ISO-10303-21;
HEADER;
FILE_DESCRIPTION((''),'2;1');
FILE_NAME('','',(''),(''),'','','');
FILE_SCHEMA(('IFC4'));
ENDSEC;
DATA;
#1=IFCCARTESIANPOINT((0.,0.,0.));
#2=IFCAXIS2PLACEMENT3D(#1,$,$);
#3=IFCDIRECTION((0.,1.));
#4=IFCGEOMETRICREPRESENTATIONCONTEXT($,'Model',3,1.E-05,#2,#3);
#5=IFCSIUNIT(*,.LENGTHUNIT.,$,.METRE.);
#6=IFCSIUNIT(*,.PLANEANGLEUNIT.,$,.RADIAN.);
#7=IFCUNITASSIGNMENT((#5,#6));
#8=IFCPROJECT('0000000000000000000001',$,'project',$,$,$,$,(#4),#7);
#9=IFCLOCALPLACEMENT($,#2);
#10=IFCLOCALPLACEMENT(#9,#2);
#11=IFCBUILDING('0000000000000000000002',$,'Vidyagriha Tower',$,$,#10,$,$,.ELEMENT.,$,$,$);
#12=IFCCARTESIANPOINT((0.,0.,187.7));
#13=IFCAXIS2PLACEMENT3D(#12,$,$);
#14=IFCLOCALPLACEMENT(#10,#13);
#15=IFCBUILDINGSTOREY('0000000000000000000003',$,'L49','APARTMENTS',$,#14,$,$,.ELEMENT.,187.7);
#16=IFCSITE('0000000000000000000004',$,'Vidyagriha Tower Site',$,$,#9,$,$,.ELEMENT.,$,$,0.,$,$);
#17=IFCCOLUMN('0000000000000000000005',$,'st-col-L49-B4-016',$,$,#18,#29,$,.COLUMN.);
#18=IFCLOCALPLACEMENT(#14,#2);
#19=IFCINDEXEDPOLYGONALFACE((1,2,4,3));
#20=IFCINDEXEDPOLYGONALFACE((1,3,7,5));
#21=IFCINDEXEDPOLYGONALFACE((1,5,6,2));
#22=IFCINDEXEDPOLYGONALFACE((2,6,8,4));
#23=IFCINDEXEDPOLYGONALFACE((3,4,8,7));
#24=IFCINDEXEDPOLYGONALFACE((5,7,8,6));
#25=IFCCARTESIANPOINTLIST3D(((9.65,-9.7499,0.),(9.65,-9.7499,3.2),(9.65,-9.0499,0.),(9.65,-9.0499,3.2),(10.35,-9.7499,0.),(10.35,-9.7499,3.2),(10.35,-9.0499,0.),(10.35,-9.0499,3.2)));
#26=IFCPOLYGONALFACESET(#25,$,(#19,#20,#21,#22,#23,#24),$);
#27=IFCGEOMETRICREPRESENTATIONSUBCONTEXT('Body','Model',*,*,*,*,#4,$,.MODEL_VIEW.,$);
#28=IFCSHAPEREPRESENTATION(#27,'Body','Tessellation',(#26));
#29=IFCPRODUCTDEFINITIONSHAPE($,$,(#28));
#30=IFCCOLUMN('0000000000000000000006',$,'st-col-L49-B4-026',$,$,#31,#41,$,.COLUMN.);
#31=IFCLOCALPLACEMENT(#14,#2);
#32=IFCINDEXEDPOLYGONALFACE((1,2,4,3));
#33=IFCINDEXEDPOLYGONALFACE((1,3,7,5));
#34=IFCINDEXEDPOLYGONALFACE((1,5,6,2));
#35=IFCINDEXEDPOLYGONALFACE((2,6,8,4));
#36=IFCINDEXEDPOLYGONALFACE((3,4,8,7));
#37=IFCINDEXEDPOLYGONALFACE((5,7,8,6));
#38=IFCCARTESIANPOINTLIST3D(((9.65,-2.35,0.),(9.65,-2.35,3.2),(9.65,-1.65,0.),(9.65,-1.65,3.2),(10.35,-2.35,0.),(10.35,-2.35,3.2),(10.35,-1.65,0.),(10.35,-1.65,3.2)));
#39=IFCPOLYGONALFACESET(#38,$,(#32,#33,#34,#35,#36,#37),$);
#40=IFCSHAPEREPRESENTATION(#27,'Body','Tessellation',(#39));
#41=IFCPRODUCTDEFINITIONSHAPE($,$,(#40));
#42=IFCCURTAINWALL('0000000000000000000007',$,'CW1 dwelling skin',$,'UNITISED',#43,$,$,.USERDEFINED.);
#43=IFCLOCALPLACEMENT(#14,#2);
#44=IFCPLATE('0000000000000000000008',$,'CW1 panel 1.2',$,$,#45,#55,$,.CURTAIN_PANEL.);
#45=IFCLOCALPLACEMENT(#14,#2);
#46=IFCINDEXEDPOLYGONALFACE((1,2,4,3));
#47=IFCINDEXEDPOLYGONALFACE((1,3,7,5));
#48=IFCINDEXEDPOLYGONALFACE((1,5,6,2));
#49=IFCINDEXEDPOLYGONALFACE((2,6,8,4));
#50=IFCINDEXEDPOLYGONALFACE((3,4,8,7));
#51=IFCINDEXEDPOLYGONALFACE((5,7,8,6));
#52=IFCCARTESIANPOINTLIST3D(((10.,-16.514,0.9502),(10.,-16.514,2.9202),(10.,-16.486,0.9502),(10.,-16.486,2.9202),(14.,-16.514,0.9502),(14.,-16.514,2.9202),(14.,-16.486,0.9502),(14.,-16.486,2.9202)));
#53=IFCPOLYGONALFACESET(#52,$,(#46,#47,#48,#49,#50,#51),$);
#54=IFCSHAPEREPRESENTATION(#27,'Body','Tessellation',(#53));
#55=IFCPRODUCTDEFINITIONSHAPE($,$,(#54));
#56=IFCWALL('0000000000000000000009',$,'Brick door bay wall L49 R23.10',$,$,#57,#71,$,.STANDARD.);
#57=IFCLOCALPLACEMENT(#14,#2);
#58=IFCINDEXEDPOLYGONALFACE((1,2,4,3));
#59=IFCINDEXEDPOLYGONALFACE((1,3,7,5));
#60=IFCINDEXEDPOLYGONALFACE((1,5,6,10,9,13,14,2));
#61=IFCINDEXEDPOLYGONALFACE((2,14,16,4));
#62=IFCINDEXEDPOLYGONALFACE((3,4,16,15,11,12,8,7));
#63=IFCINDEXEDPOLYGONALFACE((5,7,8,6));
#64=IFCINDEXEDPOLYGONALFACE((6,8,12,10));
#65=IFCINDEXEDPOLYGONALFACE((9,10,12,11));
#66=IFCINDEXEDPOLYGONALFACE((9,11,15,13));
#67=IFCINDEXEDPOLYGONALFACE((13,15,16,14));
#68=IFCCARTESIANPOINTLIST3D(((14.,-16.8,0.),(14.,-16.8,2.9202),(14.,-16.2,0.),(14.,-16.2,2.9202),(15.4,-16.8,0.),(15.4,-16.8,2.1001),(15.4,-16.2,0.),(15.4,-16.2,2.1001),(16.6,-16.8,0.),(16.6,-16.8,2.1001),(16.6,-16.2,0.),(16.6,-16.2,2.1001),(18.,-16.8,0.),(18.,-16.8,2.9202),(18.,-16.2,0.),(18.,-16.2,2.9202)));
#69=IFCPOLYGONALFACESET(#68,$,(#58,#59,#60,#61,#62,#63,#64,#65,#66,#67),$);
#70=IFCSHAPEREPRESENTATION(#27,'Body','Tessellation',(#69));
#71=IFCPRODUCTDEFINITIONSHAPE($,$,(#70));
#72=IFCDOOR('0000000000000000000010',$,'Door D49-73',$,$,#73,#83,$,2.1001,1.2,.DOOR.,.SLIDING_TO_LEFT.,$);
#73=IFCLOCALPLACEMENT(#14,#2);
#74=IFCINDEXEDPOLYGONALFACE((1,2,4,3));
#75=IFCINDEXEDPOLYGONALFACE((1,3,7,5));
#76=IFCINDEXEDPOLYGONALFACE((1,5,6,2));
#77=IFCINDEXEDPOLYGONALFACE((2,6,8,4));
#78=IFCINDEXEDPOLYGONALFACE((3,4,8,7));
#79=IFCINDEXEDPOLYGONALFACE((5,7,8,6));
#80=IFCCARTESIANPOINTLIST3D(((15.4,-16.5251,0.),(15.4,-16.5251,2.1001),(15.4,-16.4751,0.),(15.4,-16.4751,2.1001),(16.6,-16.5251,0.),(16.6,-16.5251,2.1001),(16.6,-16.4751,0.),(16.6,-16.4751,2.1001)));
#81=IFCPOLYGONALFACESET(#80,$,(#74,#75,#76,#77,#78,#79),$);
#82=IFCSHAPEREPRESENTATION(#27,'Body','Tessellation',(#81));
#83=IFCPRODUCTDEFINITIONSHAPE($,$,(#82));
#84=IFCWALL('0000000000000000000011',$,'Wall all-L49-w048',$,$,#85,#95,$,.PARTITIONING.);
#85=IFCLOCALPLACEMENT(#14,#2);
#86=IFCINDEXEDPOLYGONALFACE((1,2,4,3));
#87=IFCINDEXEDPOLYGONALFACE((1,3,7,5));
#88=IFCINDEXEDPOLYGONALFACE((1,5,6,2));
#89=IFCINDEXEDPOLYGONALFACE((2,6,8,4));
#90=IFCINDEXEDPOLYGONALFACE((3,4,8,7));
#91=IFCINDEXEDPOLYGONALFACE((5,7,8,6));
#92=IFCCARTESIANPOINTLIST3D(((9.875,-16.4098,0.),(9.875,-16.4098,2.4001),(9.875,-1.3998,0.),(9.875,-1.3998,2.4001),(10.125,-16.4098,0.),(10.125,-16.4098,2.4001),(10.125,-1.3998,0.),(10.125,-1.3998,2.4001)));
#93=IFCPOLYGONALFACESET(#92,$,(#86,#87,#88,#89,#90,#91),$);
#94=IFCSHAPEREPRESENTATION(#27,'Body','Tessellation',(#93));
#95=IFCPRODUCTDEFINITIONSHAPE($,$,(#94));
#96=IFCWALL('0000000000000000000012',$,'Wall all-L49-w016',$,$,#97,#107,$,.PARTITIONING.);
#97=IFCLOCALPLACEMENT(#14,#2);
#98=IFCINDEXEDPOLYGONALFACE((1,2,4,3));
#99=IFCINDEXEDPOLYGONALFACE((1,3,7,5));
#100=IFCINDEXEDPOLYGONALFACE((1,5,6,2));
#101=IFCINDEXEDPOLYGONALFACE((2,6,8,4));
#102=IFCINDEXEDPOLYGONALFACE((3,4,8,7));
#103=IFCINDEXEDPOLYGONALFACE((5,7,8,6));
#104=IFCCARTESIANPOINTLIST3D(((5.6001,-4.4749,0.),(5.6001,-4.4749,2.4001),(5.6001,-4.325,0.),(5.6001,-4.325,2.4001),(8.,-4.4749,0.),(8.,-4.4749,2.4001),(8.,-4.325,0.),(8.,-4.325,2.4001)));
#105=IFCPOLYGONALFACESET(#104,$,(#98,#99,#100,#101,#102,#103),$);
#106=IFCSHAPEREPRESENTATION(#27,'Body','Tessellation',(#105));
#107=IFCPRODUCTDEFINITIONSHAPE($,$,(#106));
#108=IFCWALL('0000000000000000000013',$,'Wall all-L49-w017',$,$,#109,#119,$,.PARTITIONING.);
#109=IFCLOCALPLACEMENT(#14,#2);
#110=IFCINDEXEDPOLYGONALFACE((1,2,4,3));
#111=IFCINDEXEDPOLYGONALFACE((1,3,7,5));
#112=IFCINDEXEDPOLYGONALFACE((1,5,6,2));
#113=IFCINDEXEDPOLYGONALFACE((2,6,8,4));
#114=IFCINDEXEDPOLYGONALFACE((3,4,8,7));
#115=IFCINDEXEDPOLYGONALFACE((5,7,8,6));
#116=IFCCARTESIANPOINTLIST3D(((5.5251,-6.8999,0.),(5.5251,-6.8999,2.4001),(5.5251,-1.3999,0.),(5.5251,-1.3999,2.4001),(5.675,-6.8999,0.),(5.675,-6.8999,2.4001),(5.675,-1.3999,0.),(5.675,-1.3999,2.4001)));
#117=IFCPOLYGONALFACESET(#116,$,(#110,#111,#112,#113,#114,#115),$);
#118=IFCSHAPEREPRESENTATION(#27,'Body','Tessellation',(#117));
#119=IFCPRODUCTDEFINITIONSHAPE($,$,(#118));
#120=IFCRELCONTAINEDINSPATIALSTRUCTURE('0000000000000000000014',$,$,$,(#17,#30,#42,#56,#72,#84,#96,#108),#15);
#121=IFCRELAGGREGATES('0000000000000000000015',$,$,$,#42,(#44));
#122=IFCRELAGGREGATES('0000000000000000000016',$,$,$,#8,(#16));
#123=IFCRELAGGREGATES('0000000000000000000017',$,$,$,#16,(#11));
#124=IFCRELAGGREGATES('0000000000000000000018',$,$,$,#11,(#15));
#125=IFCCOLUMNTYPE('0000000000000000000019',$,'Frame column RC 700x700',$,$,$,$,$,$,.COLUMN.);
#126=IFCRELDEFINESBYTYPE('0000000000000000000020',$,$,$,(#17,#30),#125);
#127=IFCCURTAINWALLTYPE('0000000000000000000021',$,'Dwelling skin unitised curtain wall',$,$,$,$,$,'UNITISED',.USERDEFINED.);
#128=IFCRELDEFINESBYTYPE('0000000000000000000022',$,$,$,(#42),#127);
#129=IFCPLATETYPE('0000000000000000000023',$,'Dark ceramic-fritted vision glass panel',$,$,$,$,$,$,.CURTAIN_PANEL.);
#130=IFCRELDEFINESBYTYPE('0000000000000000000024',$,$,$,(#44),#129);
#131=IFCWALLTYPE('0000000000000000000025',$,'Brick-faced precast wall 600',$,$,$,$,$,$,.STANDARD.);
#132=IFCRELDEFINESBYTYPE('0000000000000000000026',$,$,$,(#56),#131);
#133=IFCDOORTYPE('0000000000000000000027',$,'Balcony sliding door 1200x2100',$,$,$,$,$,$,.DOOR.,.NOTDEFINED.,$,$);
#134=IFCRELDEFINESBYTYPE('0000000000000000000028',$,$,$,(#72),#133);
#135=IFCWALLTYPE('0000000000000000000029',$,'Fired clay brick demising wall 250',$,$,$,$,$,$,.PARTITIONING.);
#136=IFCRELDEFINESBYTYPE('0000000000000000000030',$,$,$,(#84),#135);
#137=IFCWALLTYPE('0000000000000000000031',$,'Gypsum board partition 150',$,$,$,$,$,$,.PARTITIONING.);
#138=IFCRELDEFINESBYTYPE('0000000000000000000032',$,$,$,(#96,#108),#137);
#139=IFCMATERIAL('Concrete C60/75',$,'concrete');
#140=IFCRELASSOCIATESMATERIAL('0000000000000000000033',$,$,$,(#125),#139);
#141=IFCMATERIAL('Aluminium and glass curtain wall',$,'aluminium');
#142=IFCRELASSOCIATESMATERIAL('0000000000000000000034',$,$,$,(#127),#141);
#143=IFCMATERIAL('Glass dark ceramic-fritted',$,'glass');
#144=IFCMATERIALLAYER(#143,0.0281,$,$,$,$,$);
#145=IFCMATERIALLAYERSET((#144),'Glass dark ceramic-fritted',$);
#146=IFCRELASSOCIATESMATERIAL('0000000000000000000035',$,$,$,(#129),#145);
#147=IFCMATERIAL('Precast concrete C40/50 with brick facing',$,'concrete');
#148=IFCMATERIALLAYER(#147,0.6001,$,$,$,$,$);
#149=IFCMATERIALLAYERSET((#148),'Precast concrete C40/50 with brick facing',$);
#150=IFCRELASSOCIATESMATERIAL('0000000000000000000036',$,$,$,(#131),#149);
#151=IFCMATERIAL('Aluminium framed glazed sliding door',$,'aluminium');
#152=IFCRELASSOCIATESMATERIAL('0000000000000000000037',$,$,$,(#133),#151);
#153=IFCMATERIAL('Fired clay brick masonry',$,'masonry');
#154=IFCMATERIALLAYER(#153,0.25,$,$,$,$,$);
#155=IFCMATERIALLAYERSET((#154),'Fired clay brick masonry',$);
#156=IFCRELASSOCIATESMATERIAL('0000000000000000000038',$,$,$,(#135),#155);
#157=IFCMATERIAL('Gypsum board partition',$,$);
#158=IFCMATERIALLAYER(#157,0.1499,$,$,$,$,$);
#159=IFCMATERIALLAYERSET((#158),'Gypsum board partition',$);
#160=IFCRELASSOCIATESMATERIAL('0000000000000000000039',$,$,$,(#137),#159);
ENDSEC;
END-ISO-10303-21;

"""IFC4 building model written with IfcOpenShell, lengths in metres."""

from ifc_helpers import new_model, si_unit, direction, frame, frame_2d, origin, origin_2d, place, context, subcontext, project, spatial, rectangle, extrude, material, layer, layer_set, material_profile, profile_set, type_object, element, fill, aggregate, save


model = new_model("IFC4")

# Units and contexts
model_context = context("Model", 3, precision=1e-05, world=origin(), true_north=direction((0.0, 1.0)))
body_context = subcontext(model_context, "Body", "Model", "MODEL_VIEW")
ifc_project = project(units=[si_unit("LENGTHUNIT", "METRE"), si_unit("PLANEANGLEUNIT", "RADIAN")], contexts=[model_context])

# Site, building, storey
site_placement = place(None, origin())
site = spatial("IfcSite", under=ifc_project, at=site_placement, Name="Vidyagriha Tower Site", CompositionType="ELEMENT", RefElevation=0.0)
building_placement = place(site_placement, origin())
building = spatial("IfcBuilding", under=site, at=building_placement, Name="Vidyagriha Tower", CompositionType="ELEMENT")
storey_placement = place(building_placement, frame((0.0, 0.0, 187.7)))
storey = spatial("IfcBuildingStorey", under=building, at=storey_placement, Name="L49", Description="APARTMENTS", CompositionType="ELEMENT", Elevation=187.7)

# Columns
ifc_material_1 = material(Name="Concrete C60/75", Category="concrete")
ifc_material_profile = material_profile(ifc_material_1, rectangle(XDim=0.7, YDim=0.7, at=origin_2d()), Name="RC 700x700")
ifc_profile_set = profile_set([ifc_material_profile], Name="Concrete C60/75")
column_type = type_object("IfcColumnType", Name="Frame column RC 700x700", PredefinedType="COLUMN", material=ifc_profile_set)
for number, where, name in (
    (1, (10.0, -9.3999, 0.0), "st-col-L49-B4-016"),
    (2, (10.0, -2.0, 0.0), "st-col-L49-B4-026"),
):
    element("IfcColumn", number, at=place(storey_placement, frame(where)), inside=storey, type_object=column_type, Name=name, PredefinedType="COLUMN", context=body_context, shape_type="SweptSolid", body=[
        extrude(rectangle(XDim=0.7, YDim=0.7, at=origin_2d()), origin(), (0.0, 0.0, 1.0), 3.2),
    ])

# Curtain wall, plate
ifc_material_2 = material(Name="Aluminium and glass curtain wall", Category="aluminium")
curtain_wall_type = type_object("IfcCurtainWallType", Name="Dwelling skin unitised curtain wall", ElementType="UNITISED", PredefinedType="USERDEFINED", material=ifc_material_2)
curtain_wall_placement = place(storey_placement, origin())
curtain_wall = element("IfcCurtainWall", 3, at=curtain_wall_placement, inside=storey, type_object=curtain_wall_type, Name="CW1 dwelling skin", ObjectType="UNITISED", PredefinedType="USERDEFINED")
ifc_material_3 = material(Name="Glass dark ceramic-fritted", Category="glass")
ifc_layer_1 = layer(ifc_material_3, 0.0281)
ifc_layer_set_1 = layer_set([ifc_layer_1], Name="Glass dark ceramic-fritted")
plate_type = type_object("IfcPlateType", Name="Dark ceramic-fritted vision glass panel", PredefinedType="CURTAIN_PANEL", material=ifc_layer_set_1)
plate_placement = place(storey_placement, frame((12.0, -16.5, 0.9502)))
plate = element("IfcPlate", 4, at=plate_placement, type_object=plate_type, Name="CW1 panel 1.2", PredefinedType="CURTAIN_PANEL", context=body_context, shape_type="SweptSolid", body=[
    extrude(rectangle(XDim=4.0, YDim=0.0281, at=origin_2d()), origin(), (0.0, 0.0, 1.0), 1.97),
])
aggregate(curtain_wall, [plate])

# Wall, opening, door
ifc_material_4 = material(Name="Precast concrete C40/50 with brick facing", Category="concrete")
ifc_layer_2 = layer(ifc_material_4, 0.6001)
ifc_layer_set_2 = layer_set([ifc_layer_2], Name="Precast concrete C40/50 with brick facing")
wall_type_1 = type_object("IfcWallType", Name="Brick-faced precast wall 600", PredefinedType="STANDARD", material=ifc_layer_set_2)
wall_1_placement = place(storey_placement, frame((14.0, -16.5, 0.0)))
wall_1 = element("IfcWall", 5, at=wall_1_placement, inside=storey, type_object=wall_type_1, Name="Brick door bay wall L49 R23.10", PredefinedType="STANDARD", context=body_context, shape_type="SweptSolid", body=[
    extrude(rectangle(XDim=4.0, YDim=0.6001, at=frame_2d((2.0, 0.0))), origin(), (0.0, 0.0, 1.0), 2.9202),
])
opening_1_placement = place(wall_1_placement, frame((1.3999, 0.0, 0.0)))
opening_1 = element("IfcOpeningElement", 6, at=opening_1_placement, cuts=wall_1, PredefinedType="OPENING", context=body_context, shape_type="SweptSolid", body=[
    extrude(rectangle(XDim=1.2, YDim=2.1001, at=frame_2d((0.6001, 1.05))), frame((0.0, 0.3101, 0.0), z_axis=(0.0, -1.0, 0.0), x_axis=(1.0, 0.0, 0.0)), (0.0, 0.0, 1.0), 0.6201),
])
ifc_material_5 = material(Name="Aluminium framed glazed sliding door", Category="aluminium")
door_type_1 = type_object("IfcDoorType", Name="Balcony sliding door 1200x2100", OperationType="NOTDEFINED", PredefinedType="DOOR", material=ifc_material_5)
door_1_placement = place(opening_1_placement, origin())
door_1 = element("IfcDoor", 7, at=door_1_placement, inside=storey, type_object=door_type_1, Name="Door D49-73", OperationType="SLIDING_TO_LEFT", OverallHeight=2.1001, OverallWidth=1.2, PredefinedType="DOOR", context=body_context, shape_type="SweptSolid", body=[
    extrude(rectangle(XDim=1.2, YDim=2.1001, at=frame_2d((0.6001, 1.05))), frame((0.0, 0.0249, 0.0), z_axis=(0.0, -1.0, 0.0), x_axis=(1.0, 0.0, 0.0)), (0.0, 0.0, 1.0), 0.05),
])
fill(opening_1, door_1)

# Walls
ifc_material_6 = material(Name="Fired clay brick masonry", Category="masonry")
ifc_layer_3 = layer(ifc_material_6, 0.25)
ifc_layer_set_3 = layer_set([ifc_layer_3], Name="Fired clay brick masonry")
wall_type_2 = type_object("IfcWallType", Name="Fired clay brick demising wall 250", PredefinedType="PARTITIONING", material=ifc_layer_set_3)
wall_2_placement = place(storey_placement, frame((10.0, -1.3999, 0.0), z_axis=(0.0, 0.0, 1.0), x_axis=(0.0, -1.0, 0.0)))
element("IfcWall", 8, at=wall_2_placement, inside=storey, type_object=wall_type_2, Name="Wall all-L49-w048", PredefinedType="PARTITIONING", context=body_context, shape_type="SweptSolid", body=[
    extrude(rectangle(XDim=15.01, YDim=0.25, at=frame_2d((7.5049, 0.0))), origin(), (0.0, 0.0, 1.0), 2.4001),
])
ifc_material_7 = material(Name="Gypsum board partition")
ifc_layer_4 = layer(ifc_material_7, 0.1499)
ifc_layer_set_4 = layer_set([ifc_layer_4], Name="Gypsum board partition")
wall_type_3 = type_object("IfcWallType", Name="Gypsum board partition 150", PredefinedType="PARTITIONING", material=ifc_layer_set_4)
wall_3_placement = place(storey_placement, frame((8.0, -4.3999, 0.0), z_axis=(0.0, 0.0, 1.0), x_axis=(-1.0, 0.0, 0.0)))
element("IfcWall", 9, at=wall_3_placement, inside=storey, type_object=wall_type_3, Name="Wall all-L49-w016", PredefinedType="PARTITIONING", context=body_context, shape_type="SweptSolid", body=[
    extrude(rectangle(XDim=2.3999, YDim=0.1499, at=frame_2d((1.2, 0.0))), origin(), (0.0, 0.0, 1.0), 2.4001),
])
wall_4_placement = place(storey_placement, frame((5.6001, -6.8999, 0.0), z_axis=(0.0, 0.0, 1.0), x_axis=(0.0, 1.0, 0.0)))
element("IfcWall", 10, at=wall_4_placement, inside=storey, type_object=wall_type_3, Name="Wall all-L49-w017", PredefinedType="PARTITIONING", context=body_context, shape_type="SweptSolid", body=[
    extrude(rectangle(XDim=5.5, YDim=0.1499, at=frame_2d((2.75, 0.0))), origin(), (0.0, 0.0, 1.0), 2.4001),
])

save(model, "model.ifc")
